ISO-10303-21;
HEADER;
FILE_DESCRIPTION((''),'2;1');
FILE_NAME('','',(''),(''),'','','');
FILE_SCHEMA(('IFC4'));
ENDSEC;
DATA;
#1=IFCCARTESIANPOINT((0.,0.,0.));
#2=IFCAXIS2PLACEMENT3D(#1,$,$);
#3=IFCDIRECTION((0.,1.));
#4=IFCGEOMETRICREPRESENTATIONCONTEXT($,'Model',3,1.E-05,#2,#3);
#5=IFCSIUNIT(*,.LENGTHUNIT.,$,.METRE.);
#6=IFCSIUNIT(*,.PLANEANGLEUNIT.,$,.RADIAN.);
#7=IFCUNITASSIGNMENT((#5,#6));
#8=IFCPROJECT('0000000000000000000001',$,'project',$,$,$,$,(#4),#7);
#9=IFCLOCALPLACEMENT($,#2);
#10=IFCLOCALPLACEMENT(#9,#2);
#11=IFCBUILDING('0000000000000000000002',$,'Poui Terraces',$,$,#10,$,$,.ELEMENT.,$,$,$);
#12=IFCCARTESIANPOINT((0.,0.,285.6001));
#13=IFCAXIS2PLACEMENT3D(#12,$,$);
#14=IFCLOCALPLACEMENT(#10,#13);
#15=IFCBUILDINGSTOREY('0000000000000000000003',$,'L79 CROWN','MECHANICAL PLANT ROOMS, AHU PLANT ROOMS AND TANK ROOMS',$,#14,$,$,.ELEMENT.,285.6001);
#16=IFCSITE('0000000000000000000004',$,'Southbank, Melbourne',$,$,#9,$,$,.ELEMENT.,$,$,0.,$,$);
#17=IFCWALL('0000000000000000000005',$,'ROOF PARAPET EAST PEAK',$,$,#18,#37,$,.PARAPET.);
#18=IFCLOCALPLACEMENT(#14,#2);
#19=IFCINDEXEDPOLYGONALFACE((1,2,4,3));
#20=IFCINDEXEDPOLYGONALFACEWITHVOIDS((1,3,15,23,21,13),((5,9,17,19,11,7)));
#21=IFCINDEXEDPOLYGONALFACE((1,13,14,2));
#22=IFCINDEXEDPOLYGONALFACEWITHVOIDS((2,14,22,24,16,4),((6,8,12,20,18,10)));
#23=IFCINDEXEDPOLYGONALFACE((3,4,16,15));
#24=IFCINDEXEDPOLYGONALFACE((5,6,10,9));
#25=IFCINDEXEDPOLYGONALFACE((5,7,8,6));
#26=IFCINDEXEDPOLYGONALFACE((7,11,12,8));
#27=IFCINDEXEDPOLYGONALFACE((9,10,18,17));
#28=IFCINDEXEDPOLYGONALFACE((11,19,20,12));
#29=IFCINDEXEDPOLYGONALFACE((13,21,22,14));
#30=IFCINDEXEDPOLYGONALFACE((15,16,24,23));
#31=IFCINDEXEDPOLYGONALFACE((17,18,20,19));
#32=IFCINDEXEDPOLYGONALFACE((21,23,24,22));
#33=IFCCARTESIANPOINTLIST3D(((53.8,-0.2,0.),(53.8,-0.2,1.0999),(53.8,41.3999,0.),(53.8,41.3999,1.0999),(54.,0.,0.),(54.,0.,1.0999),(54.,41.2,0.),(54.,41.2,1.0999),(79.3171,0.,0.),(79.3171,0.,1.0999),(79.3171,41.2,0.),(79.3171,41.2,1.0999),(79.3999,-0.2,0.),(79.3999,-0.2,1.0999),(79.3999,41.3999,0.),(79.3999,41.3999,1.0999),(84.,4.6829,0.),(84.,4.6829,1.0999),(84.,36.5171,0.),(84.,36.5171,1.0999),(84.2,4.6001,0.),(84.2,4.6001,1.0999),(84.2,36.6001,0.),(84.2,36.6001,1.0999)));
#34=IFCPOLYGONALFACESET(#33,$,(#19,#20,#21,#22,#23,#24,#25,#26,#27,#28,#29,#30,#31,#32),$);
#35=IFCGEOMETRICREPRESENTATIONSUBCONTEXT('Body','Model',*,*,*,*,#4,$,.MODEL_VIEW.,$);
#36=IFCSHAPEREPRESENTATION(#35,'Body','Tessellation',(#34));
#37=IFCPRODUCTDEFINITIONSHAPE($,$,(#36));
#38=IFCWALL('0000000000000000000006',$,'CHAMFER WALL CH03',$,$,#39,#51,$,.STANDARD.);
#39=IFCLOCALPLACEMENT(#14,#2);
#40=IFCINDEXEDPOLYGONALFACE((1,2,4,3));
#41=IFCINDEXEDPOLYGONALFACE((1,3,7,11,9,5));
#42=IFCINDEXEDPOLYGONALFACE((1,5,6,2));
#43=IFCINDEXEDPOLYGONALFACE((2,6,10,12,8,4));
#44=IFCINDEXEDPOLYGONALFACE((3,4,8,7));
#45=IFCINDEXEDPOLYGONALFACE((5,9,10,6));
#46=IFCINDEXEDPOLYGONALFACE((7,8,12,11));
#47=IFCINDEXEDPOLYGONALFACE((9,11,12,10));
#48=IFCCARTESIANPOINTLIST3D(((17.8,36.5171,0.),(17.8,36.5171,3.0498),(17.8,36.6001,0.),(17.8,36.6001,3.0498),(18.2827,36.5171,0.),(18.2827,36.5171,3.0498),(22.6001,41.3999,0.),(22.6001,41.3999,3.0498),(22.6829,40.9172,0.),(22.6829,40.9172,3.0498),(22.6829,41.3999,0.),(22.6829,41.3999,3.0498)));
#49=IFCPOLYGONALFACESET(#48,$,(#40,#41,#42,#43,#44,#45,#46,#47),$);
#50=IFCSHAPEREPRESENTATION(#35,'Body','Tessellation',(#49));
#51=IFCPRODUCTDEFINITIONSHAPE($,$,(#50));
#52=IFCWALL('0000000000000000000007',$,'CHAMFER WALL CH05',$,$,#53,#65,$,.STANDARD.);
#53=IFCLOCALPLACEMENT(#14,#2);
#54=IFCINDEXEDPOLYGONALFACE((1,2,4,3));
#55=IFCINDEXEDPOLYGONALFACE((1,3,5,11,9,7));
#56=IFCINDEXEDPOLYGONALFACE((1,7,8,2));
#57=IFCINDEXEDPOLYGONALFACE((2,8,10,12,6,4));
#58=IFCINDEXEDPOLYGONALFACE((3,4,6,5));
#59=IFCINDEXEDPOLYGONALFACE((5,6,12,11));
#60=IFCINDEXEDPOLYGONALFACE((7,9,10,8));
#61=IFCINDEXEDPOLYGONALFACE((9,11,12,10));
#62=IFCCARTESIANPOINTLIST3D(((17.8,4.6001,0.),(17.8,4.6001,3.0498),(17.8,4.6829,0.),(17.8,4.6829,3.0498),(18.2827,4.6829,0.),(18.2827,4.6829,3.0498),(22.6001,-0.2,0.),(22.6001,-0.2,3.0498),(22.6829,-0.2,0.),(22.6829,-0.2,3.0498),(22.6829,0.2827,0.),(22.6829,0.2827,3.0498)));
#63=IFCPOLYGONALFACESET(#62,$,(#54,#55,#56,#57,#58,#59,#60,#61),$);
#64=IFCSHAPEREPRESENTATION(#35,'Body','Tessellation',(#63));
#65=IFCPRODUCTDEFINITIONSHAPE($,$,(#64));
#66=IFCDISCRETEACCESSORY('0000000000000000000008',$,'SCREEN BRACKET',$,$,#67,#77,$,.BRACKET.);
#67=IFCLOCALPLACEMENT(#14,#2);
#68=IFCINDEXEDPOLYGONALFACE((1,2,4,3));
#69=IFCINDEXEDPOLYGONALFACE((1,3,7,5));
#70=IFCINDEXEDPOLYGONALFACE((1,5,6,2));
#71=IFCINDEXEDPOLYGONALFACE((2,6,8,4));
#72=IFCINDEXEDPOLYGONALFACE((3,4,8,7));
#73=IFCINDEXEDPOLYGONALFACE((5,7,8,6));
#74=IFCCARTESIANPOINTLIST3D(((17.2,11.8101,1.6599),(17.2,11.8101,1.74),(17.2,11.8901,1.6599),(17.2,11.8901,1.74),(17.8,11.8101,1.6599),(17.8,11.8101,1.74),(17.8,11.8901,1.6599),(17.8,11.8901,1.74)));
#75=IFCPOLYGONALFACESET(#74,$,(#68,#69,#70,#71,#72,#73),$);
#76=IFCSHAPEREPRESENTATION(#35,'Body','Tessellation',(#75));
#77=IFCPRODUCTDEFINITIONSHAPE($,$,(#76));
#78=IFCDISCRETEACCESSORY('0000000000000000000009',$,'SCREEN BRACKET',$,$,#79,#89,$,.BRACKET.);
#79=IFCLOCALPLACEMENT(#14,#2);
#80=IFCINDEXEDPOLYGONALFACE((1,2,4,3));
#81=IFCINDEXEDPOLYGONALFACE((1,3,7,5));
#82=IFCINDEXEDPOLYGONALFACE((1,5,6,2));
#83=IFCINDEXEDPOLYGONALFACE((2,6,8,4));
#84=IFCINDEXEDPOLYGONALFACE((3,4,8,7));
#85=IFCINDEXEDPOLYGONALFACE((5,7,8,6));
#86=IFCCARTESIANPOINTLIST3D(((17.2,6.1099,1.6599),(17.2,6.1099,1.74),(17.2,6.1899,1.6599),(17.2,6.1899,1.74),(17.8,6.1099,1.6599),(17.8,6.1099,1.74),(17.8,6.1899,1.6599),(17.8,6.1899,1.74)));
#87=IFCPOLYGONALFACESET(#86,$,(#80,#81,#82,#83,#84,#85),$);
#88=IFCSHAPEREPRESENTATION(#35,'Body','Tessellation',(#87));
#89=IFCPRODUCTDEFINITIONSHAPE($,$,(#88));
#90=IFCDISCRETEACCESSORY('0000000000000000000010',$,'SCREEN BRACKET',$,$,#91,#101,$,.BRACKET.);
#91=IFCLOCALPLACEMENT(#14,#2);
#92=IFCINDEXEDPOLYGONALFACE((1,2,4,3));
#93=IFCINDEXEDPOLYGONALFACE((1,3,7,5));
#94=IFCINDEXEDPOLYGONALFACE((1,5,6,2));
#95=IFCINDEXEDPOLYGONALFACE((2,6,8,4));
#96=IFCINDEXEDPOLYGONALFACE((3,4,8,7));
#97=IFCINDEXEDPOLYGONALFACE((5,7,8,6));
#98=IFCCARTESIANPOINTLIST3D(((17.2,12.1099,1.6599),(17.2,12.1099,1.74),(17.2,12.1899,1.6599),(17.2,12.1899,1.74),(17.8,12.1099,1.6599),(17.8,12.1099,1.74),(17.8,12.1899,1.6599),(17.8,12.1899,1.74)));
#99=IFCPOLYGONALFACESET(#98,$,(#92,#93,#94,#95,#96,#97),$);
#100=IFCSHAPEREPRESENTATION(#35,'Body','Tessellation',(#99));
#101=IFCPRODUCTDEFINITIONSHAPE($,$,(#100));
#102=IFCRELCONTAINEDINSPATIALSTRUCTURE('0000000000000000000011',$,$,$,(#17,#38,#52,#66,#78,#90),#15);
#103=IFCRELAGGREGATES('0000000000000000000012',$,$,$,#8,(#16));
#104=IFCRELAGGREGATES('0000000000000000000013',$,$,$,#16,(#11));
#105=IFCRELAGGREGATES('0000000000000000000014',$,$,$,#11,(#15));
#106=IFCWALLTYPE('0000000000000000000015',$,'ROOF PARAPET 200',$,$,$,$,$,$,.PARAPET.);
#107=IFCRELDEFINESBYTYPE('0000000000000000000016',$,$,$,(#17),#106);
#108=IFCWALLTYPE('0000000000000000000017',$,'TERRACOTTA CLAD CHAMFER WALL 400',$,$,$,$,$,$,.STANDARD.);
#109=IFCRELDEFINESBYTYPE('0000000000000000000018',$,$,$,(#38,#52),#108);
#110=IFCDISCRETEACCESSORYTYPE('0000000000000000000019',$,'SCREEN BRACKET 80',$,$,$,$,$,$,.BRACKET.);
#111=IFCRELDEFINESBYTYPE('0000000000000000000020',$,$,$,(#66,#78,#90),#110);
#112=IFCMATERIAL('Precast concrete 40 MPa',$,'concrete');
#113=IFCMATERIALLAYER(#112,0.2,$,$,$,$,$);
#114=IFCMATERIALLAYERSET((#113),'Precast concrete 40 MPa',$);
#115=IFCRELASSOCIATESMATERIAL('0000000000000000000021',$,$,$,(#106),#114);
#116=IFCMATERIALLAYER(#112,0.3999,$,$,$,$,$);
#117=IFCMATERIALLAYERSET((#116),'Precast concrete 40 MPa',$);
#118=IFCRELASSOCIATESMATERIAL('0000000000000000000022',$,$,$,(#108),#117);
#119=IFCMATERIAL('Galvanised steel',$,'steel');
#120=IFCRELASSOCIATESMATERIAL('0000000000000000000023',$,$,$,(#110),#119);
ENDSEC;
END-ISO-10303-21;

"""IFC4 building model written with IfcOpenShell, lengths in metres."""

from ifc_helpers import new_model, si_unit, direction, frame, origin, origin_2d, place, context, subcontext, project, spatial, polyline, rectangle, outline, extrude, source, transform, mapped, material, layer, layer_set, material_profile, profile_set, type_object, element, save


model = new_model("IFC4")

# Units and contexts
model_context = context("Model", 3, precision=1e-05, world=origin(), true_north=direction((0.0, 1.0)))
body_context = subcontext(model_context, "Body", "Model", "MODEL_VIEW")
ifc_project = project(units=[si_unit("LENGTHUNIT", "METRE"), si_unit("PLANEANGLEUNIT", "RADIAN")], contexts=[model_context])

# Site, building, storey
site_placement = place(None, origin())
site = spatial("IfcSite", under=ifc_project, at=site_placement, Name="Southbank, Melbourne", CompositionType="ELEMENT", RefElevation=0.0)
building_placement = place(site_placement, origin())
building = spatial("IfcBuilding", under=site, at=building_placement, Name="Poui Terraces", CompositionType="ELEMENT")
storey_placement = place(building_placement, frame((0.0, 0.0, 285.6001)))
storey = spatial("IfcBuildingStorey", under=building, at=storey_placement, Name="L79 CROWN", Description="MECHANICAL PLANT ROOMS, AHU PLANT ROOMS AND TANK ROOMS", CompositionType="ELEMENT", Elevation=285.6001)

# Walls
ifc_material_1 = material(Name="Precast concrete 40 MPa", Category="concrete")
ifc_layer_1 = layer(ifc_material_1, 0.2)
ifc_layer_set_1 = layer_set([ifc_layer_1], Name="Precast concrete 40 MPa")
wall_type_1 = type_object("IfcWallType", Name="ROOF PARAPET 200", PredefinedType="PARAPET", material=ifc_layer_set_1)
wall_1_placement = place(storey_placement, origin())
element("IfcWall", 1, at=wall_1_placement, inside=storey, type_object=wall_type_1, Name="ROOF PARAPET EAST PEAK", PredefinedType="PARAPET", context=body_context, shape_type="SweptSolid", body=[
    extrude(outline(polyline([(53.8, -0.2), (79.3999, -0.2), (84.2, 4.6001), (84.2, 36.6001), (79.3999, 41.3999), (53.8, 41.3999), (53.8, -0.2)]), holes=[polyline([(54.0, 0.0), (54.0, 41.2), (79.3171, 41.2), (84.0, 36.5171), (84.0, 4.6829), (79.3171, 0.0), (54.0, 0.0)])]), origin(), (0.0, 0.0, 1.0), 1.0999),
])
ifc_layer_2 = layer(ifc_material_1, 0.3999)
ifc_layer_set_2 = layer_set([ifc_layer_2], Name="Precast concrete 40 MPa")
wall_type_2 = type_object("IfcWallType", Name="TERRACOTTA CLAD CHAMFER WALL 400", PredefinedType="STANDARD", material=ifc_layer_set_2)
wall_2_placement = place(storey_placement, origin())
element("IfcWall", 2, at=wall_2_placement, inside=storey, type_object=wall_type_2, Name="CHAMFER WALL CH03", PredefinedType="STANDARD", context=body_context, shape_type="SweptSolid", body=[
    extrude(outline(polyline([(22.6829, 41.3999), (22.6001, 41.3999), (17.8, 36.6001), (17.8, 36.5171), (18.2827, 36.5171), (22.6829, 40.9172), (22.6829, 41.3999)])), origin(), (0.0, 0.0, 1.0), 3.0498),
])
wall_3_placement = place(storey_placement, origin())
element("IfcWall", 3, at=wall_3_placement, inside=storey, type_object=wall_type_2, Name="CHAMFER WALL CH05", PredefinedType="STANDARD", context=body_context, shape_type="SweptSolid", body=[
    extrude(outline(polyline([(17.8, 4.6829), (17.8, 4.6001), (22.6001, -0.2), (22.6829, -0.2), (22.6829, 0.2827), (18.2827, 4.6829), (17.8, 4.6829)])), origin(), (0.0, 0.0, 1.0), 3.0498),
])

# Discrete accessories
ifc_material_2 = material(Name="Galvanised steel", Category="steel")
ifc_material_profile_1 = material_profile(ifc_material_2, rectangle(XDim=0.0801, YDim=0.0801, at=origin_2d()), Name="SCREEN BRACKET 80")
ifc_profile_set_1 = profile_set([ifc_material_profile_1], Name="Galvanised steel")
discrete_accessory_type = type_object("IfcDiscreteAccessoryType", Name="SCREEN BRACKET 80", PredefinedType="BRACKET", material=ifc_profile_set_1)
shared_shape_1 = source(origin(), body_context, "Body", "SweptSolid", [
    extrude(rectangle(XDim=0.0801, YDim=0.0801, at=origin_2d()), origin(), (0.0, 0.0, 1.0), 0.6001),
])
for number, where, z_axis, x_axis, name in (
    (4, (17.8, 11.8501, 1.7), (-1.0, 0.0, 0.0), (0.0, -1.0, 0.0), "SCREEN BRACKET"),
    (5, (17.8, 6.1499, 1.7), (-1.0, 0.0, 0.0), (0.0, -1.0, 0.0), "SCREEN BRACKET"),
    (6, (17.8, 12.1499, 1.7), (-1.0, 0.0, 0.0), (0.0, -1.0, 0.0), "SCREEN BRACKET"),
):
    element("IfcDiscreteAccessory", number, at=place(storey_placement, frame(where, z_axis=z_axis, x_axis=x_axis)), inside=storey, type_object=discrete_accessory_type, Name=name, PredefinedType="BRACKET", context=body_context, shape_type="MappedRepresentation", body=[
        mapped(shared_shape_1, transform((0.0, 0.0, 0.0))),
    ])

save(model, "model.ifc")
